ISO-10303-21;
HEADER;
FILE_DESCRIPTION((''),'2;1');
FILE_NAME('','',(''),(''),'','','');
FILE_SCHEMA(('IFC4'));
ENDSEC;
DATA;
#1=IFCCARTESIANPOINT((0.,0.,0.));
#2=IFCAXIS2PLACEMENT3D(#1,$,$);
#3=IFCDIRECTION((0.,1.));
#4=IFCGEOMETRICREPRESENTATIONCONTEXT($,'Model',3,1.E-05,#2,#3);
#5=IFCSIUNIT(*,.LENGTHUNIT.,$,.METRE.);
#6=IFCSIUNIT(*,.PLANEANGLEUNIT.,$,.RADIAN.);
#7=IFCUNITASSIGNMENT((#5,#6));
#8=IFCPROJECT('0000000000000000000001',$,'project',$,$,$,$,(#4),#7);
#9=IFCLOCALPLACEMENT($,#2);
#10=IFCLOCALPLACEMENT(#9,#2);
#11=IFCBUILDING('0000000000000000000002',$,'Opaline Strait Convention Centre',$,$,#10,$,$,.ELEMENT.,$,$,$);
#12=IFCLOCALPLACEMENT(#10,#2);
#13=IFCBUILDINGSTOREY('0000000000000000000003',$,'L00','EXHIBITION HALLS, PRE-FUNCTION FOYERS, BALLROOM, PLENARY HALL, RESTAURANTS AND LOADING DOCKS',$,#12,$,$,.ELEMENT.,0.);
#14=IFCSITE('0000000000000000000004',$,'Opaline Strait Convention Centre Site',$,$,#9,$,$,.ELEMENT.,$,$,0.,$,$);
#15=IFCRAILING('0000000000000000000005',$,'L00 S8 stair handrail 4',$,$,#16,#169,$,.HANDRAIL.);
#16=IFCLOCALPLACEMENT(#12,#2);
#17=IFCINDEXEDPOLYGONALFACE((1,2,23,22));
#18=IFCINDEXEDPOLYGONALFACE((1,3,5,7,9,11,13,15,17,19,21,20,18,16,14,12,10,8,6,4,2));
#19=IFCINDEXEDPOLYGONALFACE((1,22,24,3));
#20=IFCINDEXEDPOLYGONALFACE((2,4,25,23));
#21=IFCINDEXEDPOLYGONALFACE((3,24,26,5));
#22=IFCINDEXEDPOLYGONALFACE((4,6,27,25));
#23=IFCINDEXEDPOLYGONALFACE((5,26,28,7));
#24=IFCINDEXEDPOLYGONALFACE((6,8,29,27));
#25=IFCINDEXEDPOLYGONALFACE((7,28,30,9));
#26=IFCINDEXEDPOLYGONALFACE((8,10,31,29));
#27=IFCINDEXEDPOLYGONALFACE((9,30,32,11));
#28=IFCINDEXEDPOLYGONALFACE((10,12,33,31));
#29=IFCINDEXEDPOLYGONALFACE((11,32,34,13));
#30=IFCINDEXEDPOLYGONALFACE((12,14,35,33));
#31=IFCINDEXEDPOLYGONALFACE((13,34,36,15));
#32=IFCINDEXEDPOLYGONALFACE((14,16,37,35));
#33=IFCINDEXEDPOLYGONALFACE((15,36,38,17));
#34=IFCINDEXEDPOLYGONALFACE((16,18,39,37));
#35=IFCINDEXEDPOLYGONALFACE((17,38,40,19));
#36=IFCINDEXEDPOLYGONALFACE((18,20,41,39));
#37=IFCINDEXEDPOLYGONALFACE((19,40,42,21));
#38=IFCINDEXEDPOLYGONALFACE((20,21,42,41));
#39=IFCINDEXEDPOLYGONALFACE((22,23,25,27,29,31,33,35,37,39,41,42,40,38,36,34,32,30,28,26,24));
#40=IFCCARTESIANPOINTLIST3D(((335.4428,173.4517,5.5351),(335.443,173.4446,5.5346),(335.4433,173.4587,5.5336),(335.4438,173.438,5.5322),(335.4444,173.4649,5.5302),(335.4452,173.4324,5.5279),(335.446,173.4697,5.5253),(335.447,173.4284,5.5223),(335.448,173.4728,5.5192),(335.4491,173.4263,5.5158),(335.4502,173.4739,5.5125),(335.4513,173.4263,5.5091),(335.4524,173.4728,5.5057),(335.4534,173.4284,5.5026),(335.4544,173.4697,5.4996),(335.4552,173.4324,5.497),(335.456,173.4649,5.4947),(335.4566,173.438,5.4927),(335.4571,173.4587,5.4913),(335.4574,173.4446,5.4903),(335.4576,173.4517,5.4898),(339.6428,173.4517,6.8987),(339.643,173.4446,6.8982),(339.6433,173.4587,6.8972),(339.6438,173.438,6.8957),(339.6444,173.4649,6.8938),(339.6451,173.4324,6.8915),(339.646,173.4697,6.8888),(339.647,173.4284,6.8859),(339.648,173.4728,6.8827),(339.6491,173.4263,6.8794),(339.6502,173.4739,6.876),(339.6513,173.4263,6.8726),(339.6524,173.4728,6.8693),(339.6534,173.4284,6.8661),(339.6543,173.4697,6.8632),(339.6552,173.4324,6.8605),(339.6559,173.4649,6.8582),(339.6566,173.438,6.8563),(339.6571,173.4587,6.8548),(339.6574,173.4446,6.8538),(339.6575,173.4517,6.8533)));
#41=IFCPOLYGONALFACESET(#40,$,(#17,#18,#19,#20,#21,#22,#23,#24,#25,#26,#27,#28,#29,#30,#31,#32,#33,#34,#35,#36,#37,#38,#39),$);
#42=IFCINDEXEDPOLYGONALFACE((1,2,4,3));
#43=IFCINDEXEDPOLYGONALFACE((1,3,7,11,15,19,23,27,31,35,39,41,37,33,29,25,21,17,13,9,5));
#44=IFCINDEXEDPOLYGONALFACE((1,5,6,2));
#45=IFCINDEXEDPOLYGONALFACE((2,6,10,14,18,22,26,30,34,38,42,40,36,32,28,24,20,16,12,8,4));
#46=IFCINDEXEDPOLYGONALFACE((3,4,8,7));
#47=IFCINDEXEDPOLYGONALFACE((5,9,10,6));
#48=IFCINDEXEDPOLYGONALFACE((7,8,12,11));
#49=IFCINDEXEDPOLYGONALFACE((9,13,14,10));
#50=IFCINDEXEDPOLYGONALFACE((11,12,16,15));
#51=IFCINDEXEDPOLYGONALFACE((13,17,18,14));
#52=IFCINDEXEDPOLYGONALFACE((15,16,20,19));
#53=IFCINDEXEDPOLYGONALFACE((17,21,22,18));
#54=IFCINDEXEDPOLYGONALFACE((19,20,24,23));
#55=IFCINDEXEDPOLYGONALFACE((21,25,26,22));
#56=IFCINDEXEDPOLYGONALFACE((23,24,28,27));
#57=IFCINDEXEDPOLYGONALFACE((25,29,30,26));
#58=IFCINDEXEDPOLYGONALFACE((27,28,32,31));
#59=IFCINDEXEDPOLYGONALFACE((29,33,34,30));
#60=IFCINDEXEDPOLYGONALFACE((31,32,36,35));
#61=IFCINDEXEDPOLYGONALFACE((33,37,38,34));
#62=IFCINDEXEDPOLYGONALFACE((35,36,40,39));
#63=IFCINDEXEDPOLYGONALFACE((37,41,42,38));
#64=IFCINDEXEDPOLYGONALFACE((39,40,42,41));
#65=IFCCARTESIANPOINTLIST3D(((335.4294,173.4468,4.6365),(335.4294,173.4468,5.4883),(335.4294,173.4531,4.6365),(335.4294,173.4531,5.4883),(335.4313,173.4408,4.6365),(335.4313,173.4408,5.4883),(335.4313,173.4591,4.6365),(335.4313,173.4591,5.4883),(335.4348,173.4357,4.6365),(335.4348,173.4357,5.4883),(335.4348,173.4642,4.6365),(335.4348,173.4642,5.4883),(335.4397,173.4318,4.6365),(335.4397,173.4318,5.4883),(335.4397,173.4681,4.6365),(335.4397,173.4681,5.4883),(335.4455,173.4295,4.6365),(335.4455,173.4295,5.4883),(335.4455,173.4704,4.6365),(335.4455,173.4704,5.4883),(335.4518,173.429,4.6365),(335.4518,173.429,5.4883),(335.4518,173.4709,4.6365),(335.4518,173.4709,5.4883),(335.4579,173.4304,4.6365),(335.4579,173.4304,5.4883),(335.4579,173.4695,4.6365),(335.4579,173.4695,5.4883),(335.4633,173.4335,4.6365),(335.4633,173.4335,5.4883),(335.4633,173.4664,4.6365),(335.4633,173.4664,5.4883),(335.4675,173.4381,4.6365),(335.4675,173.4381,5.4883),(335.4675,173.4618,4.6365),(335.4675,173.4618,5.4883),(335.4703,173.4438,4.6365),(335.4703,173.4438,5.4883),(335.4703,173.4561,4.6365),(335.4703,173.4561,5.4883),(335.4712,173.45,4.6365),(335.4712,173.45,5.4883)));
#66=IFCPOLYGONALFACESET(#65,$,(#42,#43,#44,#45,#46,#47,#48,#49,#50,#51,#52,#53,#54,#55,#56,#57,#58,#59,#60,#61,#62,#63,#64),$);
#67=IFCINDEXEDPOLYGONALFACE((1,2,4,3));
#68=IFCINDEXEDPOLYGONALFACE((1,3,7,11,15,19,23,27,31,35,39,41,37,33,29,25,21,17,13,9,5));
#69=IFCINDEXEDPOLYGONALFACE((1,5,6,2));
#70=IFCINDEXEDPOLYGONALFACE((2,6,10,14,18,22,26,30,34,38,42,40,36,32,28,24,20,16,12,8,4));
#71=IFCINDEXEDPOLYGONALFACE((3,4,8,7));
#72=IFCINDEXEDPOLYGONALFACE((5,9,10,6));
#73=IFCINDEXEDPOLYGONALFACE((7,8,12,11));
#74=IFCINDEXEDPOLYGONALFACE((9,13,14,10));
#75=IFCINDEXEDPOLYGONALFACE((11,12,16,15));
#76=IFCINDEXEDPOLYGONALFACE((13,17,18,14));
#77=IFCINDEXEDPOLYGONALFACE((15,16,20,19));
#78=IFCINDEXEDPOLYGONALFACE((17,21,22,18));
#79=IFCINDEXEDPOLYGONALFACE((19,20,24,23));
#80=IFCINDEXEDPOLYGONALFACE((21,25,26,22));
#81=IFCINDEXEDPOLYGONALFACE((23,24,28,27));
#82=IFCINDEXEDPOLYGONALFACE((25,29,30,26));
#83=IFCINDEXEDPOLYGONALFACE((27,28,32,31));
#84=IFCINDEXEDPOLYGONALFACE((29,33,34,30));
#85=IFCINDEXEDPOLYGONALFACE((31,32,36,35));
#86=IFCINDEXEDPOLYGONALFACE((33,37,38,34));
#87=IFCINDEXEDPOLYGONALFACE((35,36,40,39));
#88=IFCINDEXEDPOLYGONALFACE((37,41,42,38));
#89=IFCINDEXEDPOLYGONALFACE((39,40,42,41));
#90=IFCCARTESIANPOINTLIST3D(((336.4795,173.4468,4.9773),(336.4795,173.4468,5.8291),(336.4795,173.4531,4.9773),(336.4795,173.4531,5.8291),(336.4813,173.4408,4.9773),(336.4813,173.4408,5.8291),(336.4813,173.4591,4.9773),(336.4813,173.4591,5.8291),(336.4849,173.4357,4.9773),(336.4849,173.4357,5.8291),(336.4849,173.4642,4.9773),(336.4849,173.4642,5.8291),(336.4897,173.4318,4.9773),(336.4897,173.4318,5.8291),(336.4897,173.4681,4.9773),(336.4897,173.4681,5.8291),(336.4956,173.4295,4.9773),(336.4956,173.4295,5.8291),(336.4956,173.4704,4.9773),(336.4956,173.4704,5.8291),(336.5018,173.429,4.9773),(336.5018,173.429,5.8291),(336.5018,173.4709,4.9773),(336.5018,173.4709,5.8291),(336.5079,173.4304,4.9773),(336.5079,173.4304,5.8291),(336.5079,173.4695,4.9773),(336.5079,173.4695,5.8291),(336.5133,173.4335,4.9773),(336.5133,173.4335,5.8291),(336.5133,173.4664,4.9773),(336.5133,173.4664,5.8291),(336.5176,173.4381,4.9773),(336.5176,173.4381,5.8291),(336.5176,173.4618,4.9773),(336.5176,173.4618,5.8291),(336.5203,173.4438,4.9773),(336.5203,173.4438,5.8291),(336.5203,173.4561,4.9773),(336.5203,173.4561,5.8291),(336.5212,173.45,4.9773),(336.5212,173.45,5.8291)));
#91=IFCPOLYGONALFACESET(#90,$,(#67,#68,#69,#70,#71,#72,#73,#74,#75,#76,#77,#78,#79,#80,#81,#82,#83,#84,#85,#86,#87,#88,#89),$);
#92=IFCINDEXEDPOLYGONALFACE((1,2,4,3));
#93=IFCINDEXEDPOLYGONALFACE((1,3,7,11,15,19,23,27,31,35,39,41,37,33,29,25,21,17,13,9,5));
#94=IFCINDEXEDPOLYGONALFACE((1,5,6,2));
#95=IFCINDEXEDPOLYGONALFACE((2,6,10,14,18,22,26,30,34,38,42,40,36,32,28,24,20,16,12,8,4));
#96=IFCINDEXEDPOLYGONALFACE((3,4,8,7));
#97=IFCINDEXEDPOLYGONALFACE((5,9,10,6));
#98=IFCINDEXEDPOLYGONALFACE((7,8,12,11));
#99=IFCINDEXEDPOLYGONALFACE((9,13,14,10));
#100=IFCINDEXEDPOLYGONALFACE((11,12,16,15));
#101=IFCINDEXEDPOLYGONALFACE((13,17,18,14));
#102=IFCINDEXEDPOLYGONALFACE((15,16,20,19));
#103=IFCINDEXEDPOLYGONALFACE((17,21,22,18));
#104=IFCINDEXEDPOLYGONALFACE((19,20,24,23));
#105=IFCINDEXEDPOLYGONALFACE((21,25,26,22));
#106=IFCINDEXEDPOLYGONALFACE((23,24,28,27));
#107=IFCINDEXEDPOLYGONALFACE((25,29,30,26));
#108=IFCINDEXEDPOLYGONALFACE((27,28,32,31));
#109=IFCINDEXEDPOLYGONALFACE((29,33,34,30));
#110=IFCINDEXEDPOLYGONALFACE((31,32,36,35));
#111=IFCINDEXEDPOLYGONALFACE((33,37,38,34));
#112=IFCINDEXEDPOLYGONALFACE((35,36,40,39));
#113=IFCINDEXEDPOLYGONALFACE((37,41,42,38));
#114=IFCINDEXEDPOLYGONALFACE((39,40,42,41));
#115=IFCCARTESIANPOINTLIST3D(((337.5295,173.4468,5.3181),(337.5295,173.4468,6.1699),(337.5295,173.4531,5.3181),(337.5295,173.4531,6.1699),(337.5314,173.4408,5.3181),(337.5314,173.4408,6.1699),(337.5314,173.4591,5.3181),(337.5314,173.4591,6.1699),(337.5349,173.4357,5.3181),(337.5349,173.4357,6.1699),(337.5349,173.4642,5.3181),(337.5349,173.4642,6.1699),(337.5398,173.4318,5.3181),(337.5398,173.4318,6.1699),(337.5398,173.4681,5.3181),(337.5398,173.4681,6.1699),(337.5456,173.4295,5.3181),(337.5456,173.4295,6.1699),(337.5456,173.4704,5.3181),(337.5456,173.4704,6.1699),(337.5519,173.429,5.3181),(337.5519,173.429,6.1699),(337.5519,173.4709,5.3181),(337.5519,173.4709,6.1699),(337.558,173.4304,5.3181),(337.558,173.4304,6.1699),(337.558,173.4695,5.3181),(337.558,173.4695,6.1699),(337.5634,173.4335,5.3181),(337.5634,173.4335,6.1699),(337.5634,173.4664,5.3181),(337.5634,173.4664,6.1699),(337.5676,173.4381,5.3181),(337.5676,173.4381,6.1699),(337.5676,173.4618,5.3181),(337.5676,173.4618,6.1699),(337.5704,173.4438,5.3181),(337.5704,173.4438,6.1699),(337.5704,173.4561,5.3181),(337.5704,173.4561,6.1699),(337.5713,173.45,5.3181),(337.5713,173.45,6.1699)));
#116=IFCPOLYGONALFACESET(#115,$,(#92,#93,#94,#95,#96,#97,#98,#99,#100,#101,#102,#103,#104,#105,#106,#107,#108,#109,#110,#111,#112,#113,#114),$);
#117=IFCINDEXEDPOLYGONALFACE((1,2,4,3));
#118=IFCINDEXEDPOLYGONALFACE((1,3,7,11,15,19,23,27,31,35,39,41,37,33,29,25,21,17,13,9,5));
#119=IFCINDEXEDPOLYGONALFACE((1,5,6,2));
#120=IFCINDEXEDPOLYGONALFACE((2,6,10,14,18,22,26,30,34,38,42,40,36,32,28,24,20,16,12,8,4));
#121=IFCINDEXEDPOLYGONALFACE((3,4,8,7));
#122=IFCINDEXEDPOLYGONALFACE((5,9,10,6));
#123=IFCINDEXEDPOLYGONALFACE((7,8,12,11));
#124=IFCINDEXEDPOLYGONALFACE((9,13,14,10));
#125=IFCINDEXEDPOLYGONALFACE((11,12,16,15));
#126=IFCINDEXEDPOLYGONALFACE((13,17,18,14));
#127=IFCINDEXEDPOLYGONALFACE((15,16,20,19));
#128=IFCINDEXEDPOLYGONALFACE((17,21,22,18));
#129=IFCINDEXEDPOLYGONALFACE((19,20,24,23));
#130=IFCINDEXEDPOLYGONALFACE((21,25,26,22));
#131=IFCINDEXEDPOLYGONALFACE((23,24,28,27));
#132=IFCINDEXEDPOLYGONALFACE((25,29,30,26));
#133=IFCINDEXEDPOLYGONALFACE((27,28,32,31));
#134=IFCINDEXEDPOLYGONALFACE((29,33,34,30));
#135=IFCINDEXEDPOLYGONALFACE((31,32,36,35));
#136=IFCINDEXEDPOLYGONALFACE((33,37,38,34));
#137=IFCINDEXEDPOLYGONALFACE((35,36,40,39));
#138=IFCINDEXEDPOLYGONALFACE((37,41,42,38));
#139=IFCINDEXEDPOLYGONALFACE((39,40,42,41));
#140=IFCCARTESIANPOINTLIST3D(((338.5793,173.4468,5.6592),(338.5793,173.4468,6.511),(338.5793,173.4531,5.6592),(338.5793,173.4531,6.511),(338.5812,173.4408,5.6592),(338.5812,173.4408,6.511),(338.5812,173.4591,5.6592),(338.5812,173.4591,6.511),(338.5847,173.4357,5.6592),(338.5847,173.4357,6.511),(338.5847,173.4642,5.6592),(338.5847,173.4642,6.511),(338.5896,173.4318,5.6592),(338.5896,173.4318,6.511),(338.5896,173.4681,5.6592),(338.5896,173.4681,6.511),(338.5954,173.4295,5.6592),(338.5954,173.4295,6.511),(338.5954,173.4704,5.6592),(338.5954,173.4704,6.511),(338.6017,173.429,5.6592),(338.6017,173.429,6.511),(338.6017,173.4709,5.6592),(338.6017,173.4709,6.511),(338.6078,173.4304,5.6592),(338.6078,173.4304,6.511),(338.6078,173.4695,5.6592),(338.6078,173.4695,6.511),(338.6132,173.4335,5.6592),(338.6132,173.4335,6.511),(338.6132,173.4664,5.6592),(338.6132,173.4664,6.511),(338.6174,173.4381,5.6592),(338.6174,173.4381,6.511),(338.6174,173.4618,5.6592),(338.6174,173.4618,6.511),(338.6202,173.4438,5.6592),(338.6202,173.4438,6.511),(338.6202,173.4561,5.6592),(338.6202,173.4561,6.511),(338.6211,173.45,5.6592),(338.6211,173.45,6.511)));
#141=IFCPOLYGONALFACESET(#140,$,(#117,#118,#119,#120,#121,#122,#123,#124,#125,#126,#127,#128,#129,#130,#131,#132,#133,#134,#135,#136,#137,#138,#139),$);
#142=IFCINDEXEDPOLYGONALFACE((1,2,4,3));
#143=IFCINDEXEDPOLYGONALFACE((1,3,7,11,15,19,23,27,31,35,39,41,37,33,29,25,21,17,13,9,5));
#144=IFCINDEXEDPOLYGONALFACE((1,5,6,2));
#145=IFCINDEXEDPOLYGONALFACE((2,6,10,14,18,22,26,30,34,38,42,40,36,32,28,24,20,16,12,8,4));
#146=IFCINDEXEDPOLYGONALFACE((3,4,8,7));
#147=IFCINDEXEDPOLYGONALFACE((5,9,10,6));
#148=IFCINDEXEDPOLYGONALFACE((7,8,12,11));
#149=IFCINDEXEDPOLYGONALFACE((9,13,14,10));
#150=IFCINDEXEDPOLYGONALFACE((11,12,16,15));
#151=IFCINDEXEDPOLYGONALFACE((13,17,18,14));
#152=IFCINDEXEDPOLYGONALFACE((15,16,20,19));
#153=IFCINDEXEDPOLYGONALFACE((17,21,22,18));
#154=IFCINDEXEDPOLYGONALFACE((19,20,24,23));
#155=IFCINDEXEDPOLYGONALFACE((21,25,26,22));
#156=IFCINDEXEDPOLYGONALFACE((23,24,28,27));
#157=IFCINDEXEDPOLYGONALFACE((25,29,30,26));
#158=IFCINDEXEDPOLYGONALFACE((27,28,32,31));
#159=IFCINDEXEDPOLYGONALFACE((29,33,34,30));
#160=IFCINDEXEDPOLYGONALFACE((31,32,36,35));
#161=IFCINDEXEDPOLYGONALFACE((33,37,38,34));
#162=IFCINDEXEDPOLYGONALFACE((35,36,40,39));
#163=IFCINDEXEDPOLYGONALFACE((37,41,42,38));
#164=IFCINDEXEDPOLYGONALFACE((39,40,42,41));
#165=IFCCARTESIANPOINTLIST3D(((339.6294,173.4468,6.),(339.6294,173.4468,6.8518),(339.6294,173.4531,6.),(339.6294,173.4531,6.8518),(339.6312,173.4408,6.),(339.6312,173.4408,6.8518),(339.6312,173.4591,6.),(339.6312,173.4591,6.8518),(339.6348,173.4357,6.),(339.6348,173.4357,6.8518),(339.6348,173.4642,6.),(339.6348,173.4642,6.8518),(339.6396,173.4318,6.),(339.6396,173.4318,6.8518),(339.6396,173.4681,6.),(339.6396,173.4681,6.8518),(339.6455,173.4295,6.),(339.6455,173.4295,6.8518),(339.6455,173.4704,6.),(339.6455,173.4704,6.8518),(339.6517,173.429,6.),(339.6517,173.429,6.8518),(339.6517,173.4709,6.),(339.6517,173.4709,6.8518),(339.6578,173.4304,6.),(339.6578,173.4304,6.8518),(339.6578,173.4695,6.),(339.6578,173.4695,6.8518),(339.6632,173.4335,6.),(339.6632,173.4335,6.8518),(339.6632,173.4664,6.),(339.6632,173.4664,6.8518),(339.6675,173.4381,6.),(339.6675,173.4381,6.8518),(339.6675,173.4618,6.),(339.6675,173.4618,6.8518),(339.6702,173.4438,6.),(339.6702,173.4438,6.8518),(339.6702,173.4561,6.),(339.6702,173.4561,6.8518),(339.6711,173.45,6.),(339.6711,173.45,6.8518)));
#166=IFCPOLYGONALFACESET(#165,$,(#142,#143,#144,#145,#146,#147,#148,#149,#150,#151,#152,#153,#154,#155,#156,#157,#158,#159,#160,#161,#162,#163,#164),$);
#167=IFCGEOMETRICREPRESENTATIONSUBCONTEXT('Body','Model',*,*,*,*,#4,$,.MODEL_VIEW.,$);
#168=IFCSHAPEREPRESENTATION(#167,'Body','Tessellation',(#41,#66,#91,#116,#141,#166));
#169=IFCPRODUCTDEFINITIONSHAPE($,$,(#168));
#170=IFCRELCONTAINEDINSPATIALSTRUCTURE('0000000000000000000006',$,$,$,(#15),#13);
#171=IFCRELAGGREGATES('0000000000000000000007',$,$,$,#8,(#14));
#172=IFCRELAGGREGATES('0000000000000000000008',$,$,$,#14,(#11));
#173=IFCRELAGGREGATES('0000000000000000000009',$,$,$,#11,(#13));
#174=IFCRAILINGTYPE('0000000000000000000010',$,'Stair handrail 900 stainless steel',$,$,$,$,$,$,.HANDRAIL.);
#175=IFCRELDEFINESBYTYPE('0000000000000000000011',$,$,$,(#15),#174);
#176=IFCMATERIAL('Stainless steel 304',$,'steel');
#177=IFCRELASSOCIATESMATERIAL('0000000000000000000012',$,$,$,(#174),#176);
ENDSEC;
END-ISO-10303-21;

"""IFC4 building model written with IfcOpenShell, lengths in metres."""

from ifc_helpers import new_model, si_unit, direction, frame, origin, origin_2d, place, context, subcontext, project, spatial, circle, extrude, material, type_object, element, save


model = new_model("IFC4")

# Units and contexts
model_context = context("Model", 3, precision=1e-05, world=origin(), true_north=direction((0.0, 1.0)))
body_context = subcontext(model_context, "Body", "Model", "MODEL_VIEW")
ifc_project = project(units=[si_unit("LENGTHUNIT", "METRE"), si_unit("PLANEANGLEUNIT", "RADIAN")], contexts=[model_context])

# Site, building, storey
site_placement = place(None, origin())
site = spatial("IfcSite", under=ifc_project, at=site_placement, Name="Opaline Strait Convention Centre Site", CompositionType="ELEMENT", RefElevation=0.0)
building_placement = place(site_placement, origin())
building = spatial("IfcBuilding", under=site, at=building_placement, Name="Opaline Strait Convention Centre", CompositionType="ELEMENT")
storey_placement = place(building_placement, origin())
storey = spatial("IfcBuildingStorey", under=building, at=storey_placement, Name="L00", Description="EXHIBITION HALLS, PRE-FUNCTION FOYERS, BALLROOM, PLENARY HALL, RESTAURANTS AND LOADING DOCKS", CompositionType="ELEMENT", Elevation=0.0)

# Shared definitions
ifc_material_1 = material(Name="Stainless steel 304", Category="steel")

# Railing
railing_type_1 = type_object("IfcRailingType", Name="Stair handrail 900 stainless steel", PredefinedType="HANDRAIL", material=ifc_material_1)
for number, where, name in (
    (1, (335.4502, 173.45, 4.6365), "L00 S8 stair handrail 4"),
):
    element("IfcRailing", number, at=place(storey_placement, frame(where)), inside=storey, type_object=railing_type_1, Name=name, PredefinedType="HANDRAIL", context=body_context, shape_type="SweptSolid", body=[
        extrude(circle(Radius=0.0239, at=origin_2d()), frame((0.0, 0.0, 0.876), z_axis=(0.951131, 0.0, 0.308787), x_axis=(0.0, 1.0, 0.0)), (0.0, 0.0, 1.0), 4.4158),
        extrude(circle(Radius=0.021, at=origin_2d()), origin(), (0.0, 0.0, 1.0), 0.8518),
        extrude(circle(Radius=0.021, at=origin_2d()), frame((1.05, 0.0, 0.3408)), (0.0, 0.0, 1.0), 0.8518),
        extrude(circle(Radius=0.021, at=origin_2d()), frame((2.1001, 0.0, 0.6816)), (0.0, 0.0, 1.0), 0.8518),
        extrude(circle(Radius=0.021, at=origin_2d()), frame((3.1499, 0.0, 1.0227)), (0.0, 0.0, 1.0), 0.8518),
        extrude(circle(Radius=0.021, at=origin_2d()), frame((4.2, 0.0, 1.3635)), (0.0, 0.0, 1.0), 0.8518),
    ])

save(model, "model.ifc")
